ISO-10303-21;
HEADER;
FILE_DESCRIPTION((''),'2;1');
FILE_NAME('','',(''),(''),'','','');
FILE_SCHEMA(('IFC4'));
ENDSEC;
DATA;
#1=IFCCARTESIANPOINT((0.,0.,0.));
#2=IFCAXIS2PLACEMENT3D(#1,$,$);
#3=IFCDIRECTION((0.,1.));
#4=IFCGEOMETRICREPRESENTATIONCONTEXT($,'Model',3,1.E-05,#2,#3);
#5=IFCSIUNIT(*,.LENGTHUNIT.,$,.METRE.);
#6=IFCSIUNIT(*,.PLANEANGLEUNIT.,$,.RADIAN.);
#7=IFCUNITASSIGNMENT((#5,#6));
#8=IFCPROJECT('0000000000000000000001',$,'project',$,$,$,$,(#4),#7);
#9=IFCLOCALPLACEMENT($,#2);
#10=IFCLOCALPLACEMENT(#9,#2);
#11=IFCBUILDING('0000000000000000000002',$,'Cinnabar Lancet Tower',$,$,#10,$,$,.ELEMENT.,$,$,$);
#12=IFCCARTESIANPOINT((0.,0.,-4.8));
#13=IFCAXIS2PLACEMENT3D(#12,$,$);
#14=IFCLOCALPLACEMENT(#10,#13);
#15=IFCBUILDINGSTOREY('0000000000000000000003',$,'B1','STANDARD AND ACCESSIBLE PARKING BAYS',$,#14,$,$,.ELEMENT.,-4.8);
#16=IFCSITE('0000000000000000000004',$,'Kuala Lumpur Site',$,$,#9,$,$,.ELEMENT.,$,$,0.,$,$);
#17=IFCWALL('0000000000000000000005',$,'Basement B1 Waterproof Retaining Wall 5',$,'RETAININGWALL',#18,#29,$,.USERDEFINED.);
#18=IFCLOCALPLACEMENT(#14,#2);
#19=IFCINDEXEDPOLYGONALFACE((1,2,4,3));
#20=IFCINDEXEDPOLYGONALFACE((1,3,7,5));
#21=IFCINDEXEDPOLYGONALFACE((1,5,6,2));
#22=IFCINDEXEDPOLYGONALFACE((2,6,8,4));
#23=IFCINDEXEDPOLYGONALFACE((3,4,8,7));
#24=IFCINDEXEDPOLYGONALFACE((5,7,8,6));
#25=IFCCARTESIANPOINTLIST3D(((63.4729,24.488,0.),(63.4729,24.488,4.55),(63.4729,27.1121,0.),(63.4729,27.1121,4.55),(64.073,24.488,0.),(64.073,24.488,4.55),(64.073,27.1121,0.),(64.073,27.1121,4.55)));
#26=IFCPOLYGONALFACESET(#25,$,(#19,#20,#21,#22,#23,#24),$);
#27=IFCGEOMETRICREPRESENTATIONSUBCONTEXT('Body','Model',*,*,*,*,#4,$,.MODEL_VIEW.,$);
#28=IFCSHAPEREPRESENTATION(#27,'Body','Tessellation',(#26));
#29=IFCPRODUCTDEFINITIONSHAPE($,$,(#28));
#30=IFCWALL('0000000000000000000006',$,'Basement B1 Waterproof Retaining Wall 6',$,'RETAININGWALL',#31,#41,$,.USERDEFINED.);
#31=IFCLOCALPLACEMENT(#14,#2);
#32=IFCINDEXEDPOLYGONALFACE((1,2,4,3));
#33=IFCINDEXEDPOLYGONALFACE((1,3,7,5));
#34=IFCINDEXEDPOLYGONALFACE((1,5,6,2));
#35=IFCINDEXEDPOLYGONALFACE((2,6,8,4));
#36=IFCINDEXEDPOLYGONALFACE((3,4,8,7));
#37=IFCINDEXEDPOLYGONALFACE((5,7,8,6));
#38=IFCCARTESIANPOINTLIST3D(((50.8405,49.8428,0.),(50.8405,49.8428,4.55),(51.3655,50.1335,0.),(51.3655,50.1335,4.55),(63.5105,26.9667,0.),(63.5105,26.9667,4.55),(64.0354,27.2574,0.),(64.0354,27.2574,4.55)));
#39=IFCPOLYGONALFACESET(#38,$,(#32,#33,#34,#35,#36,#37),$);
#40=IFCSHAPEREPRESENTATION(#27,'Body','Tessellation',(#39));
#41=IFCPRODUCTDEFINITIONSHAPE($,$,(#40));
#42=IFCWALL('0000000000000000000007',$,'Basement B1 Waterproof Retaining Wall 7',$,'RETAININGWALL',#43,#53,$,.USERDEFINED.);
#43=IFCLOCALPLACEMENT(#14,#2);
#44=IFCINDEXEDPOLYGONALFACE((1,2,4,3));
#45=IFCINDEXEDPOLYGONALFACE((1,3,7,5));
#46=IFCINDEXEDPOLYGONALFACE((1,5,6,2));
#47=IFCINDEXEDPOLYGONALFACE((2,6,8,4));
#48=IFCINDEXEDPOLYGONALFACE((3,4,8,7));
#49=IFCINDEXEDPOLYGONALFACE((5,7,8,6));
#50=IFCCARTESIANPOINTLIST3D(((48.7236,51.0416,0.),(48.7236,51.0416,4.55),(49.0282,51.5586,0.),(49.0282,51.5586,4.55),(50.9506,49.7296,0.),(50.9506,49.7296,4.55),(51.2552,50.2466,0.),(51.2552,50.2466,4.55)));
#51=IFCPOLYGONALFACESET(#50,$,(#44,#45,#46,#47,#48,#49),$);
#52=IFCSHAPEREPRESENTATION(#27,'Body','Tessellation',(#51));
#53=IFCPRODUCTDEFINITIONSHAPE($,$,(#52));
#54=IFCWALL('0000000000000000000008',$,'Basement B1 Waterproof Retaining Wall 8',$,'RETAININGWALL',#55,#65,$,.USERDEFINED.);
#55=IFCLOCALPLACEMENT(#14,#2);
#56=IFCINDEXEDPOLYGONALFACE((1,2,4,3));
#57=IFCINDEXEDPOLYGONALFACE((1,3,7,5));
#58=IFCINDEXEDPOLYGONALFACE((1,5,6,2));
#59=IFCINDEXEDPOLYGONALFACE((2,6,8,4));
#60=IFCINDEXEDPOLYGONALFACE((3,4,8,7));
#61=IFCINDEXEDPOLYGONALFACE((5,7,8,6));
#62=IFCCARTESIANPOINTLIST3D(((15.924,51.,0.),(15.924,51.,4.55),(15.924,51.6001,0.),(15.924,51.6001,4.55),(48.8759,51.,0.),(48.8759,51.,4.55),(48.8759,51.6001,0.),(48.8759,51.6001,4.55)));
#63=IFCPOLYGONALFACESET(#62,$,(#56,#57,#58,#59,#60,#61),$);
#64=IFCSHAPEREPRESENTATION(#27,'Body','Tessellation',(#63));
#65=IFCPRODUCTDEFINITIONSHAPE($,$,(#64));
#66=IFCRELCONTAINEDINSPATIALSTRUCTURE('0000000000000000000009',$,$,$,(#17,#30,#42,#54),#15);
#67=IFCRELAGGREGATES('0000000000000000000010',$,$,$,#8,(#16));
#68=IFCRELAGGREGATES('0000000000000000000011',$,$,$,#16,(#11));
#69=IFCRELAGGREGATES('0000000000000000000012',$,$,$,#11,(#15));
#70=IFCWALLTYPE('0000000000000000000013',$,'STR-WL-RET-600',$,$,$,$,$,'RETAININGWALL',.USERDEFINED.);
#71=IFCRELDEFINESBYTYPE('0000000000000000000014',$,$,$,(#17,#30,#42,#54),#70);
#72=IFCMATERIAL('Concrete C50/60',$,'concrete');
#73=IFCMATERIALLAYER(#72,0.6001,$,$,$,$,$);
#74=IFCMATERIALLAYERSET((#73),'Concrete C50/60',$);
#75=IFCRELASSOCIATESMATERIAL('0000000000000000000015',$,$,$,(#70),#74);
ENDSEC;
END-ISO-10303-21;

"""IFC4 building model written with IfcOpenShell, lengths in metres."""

from ifc_helpers import new_model, si_unit, direction, frame, frame_2d, origin, place, context, subcontext, project, spatial, rectangle, extrude, material, layer, layer_set, type_object, element, save


model = new_model("IFC4")

# Units and contexts
model_context = context("Model", 3, precision=1e-05, world=origin(), true_north=direction((0.0, 1.0)))
body_context = subcontext(model_context, "Body", "Model", "MODEL_VIEW")
ifc_project = project(units=[si_unit("LENGTHUNIT", "METRE"), si_unit("PLANEANGLEUNIT", "RADIAN")], contexts=[model_context])

# Site, building, storey
site_placement = place(None, origin())
site = spatial("IfcSite", under=ifc_project, at=site_placement, Name="Kuala Lumpur Site", CompositionType="ELEMENT", RefElevation=0.0)
building_placement = place(site_placement, origin())
building = spatial("IfcBuilding", under=site, at=building_placement, Name="Cinnabar Lancet Tower", CompositionType="ELEMENT")
storey_placement = place(building_placement, frame((0.0, 0.0, -4.8)))
storey = spatial("IfcBuildingStorey", under=building, at=storey_placement, Name="B1", Description="STANDARD AND ACCESSIBLE PARKING BAYS", CompositionType="ELEMENT", Elevation=-4.8)

# Walls
ifc_material_1 = material(Name="Concrete C50/60", Category="concrete")
ifc_layer_1 = layer(ifc_material_1, 0.6001)
ifc_layer_set_1 = layer_set([ifc_layer_1], Name="Concrete C50/60")
wall_type = type_object("IfcWallType", Name="STR-WL-RET-600", ElementType="RETAININGWALL", PredefinedType="USERDEFINED", material=ifc_layer_set_1)
wall_1_placement = place(storey_placement, frame((63.7729, 24.488, 0.0), z_axis=(0.0, 0.0, 1.0), x_axis=(0.0, 1.0, 0.0)))
element("IfcWall", 1, at=wall_1_placement, inside=storey, type_object=wall_type, Name="Basement B1 Waterproof Retaining Wall 5", ObjectType="RETAININGWALL", PredefinedType="USERDEFINED", context=body_context, shape_type="SweptSolid", body=[
    extrude(rectangle(XDim=2.624, YDim=0.6001, at=frame_2d((1.312, 0.0))), origin(), (0.0, 0.0, 1.0), 4.55),
])
wall_2_placement = place(storey_placement, frame((63.7729, 27.1121, 0.0), z_axis=(0.0, 0.0, 1.0), x_axis=(-0.484504, 0.874789, 0.0)))
element("IfcWall", 2, at=wall_2_placement, inside=storey, type_object=wall_type, Name="Basement B1 Waterproof Retaining Wall 6", ObjectType="RETAININGWALL", PredefinedType="USERDEFINED", context=body_context, shape_type="SweptSolid", body=[
    extrude(rectangle(XDim=26.1504, YDim=0.6001, at=frame_2d((13.0752, 0.0))), origin(), (0.0, 0.0, 1.0), 4.55),
])
wall_3_placement = place(storey_placement, frame((51.103, 49.988, 0.0), z_axis=(0.0, 0.0, 1.0), x_axis=(-0.861599, 0.50759, 0.0)))
element("IfcWall", 3, at=wall_3_placement, inside=storey, type_object=wall_type, Name="Basement B1 Waterproof Retaining Wall 7", ObjectType="RETAININGWALL", PredefinedType="USERDEFINED", context=body_context, shape_type="SweptSolid", body=[
    extrude(rectangle(XDim=2.5847, YDim=0.6001, at=frame_2d((1.2925, 0.0))), origin(), (0.0, 0.0, 1.0), 4.55),
])
wall_4_placement = place(storey_placement, frame((48.876, 51.3, 0.0), z_axis=(0.0, 0.0, 1.0), x_axis=(-1.0, 0.0, 0.0)))
element("IfcWall", 4, at=wall_4_placement, inside=storey, type_object=wall_type, Name="Basement B1 Waterproof Retaining Wall 8", ObjectType="RETAININGWALL", PredefinedType="USERDEFINED", context=body_context, shape_type="SweptSolid", body=[
    extrude(rectangle(XDim=32.9519, YDim=0.6001, at=frame_2d((16.4761, 0.0))), origin(), (0.0, 0.0, 1.0), 4.55),
])

save(model, "model.ifc")
